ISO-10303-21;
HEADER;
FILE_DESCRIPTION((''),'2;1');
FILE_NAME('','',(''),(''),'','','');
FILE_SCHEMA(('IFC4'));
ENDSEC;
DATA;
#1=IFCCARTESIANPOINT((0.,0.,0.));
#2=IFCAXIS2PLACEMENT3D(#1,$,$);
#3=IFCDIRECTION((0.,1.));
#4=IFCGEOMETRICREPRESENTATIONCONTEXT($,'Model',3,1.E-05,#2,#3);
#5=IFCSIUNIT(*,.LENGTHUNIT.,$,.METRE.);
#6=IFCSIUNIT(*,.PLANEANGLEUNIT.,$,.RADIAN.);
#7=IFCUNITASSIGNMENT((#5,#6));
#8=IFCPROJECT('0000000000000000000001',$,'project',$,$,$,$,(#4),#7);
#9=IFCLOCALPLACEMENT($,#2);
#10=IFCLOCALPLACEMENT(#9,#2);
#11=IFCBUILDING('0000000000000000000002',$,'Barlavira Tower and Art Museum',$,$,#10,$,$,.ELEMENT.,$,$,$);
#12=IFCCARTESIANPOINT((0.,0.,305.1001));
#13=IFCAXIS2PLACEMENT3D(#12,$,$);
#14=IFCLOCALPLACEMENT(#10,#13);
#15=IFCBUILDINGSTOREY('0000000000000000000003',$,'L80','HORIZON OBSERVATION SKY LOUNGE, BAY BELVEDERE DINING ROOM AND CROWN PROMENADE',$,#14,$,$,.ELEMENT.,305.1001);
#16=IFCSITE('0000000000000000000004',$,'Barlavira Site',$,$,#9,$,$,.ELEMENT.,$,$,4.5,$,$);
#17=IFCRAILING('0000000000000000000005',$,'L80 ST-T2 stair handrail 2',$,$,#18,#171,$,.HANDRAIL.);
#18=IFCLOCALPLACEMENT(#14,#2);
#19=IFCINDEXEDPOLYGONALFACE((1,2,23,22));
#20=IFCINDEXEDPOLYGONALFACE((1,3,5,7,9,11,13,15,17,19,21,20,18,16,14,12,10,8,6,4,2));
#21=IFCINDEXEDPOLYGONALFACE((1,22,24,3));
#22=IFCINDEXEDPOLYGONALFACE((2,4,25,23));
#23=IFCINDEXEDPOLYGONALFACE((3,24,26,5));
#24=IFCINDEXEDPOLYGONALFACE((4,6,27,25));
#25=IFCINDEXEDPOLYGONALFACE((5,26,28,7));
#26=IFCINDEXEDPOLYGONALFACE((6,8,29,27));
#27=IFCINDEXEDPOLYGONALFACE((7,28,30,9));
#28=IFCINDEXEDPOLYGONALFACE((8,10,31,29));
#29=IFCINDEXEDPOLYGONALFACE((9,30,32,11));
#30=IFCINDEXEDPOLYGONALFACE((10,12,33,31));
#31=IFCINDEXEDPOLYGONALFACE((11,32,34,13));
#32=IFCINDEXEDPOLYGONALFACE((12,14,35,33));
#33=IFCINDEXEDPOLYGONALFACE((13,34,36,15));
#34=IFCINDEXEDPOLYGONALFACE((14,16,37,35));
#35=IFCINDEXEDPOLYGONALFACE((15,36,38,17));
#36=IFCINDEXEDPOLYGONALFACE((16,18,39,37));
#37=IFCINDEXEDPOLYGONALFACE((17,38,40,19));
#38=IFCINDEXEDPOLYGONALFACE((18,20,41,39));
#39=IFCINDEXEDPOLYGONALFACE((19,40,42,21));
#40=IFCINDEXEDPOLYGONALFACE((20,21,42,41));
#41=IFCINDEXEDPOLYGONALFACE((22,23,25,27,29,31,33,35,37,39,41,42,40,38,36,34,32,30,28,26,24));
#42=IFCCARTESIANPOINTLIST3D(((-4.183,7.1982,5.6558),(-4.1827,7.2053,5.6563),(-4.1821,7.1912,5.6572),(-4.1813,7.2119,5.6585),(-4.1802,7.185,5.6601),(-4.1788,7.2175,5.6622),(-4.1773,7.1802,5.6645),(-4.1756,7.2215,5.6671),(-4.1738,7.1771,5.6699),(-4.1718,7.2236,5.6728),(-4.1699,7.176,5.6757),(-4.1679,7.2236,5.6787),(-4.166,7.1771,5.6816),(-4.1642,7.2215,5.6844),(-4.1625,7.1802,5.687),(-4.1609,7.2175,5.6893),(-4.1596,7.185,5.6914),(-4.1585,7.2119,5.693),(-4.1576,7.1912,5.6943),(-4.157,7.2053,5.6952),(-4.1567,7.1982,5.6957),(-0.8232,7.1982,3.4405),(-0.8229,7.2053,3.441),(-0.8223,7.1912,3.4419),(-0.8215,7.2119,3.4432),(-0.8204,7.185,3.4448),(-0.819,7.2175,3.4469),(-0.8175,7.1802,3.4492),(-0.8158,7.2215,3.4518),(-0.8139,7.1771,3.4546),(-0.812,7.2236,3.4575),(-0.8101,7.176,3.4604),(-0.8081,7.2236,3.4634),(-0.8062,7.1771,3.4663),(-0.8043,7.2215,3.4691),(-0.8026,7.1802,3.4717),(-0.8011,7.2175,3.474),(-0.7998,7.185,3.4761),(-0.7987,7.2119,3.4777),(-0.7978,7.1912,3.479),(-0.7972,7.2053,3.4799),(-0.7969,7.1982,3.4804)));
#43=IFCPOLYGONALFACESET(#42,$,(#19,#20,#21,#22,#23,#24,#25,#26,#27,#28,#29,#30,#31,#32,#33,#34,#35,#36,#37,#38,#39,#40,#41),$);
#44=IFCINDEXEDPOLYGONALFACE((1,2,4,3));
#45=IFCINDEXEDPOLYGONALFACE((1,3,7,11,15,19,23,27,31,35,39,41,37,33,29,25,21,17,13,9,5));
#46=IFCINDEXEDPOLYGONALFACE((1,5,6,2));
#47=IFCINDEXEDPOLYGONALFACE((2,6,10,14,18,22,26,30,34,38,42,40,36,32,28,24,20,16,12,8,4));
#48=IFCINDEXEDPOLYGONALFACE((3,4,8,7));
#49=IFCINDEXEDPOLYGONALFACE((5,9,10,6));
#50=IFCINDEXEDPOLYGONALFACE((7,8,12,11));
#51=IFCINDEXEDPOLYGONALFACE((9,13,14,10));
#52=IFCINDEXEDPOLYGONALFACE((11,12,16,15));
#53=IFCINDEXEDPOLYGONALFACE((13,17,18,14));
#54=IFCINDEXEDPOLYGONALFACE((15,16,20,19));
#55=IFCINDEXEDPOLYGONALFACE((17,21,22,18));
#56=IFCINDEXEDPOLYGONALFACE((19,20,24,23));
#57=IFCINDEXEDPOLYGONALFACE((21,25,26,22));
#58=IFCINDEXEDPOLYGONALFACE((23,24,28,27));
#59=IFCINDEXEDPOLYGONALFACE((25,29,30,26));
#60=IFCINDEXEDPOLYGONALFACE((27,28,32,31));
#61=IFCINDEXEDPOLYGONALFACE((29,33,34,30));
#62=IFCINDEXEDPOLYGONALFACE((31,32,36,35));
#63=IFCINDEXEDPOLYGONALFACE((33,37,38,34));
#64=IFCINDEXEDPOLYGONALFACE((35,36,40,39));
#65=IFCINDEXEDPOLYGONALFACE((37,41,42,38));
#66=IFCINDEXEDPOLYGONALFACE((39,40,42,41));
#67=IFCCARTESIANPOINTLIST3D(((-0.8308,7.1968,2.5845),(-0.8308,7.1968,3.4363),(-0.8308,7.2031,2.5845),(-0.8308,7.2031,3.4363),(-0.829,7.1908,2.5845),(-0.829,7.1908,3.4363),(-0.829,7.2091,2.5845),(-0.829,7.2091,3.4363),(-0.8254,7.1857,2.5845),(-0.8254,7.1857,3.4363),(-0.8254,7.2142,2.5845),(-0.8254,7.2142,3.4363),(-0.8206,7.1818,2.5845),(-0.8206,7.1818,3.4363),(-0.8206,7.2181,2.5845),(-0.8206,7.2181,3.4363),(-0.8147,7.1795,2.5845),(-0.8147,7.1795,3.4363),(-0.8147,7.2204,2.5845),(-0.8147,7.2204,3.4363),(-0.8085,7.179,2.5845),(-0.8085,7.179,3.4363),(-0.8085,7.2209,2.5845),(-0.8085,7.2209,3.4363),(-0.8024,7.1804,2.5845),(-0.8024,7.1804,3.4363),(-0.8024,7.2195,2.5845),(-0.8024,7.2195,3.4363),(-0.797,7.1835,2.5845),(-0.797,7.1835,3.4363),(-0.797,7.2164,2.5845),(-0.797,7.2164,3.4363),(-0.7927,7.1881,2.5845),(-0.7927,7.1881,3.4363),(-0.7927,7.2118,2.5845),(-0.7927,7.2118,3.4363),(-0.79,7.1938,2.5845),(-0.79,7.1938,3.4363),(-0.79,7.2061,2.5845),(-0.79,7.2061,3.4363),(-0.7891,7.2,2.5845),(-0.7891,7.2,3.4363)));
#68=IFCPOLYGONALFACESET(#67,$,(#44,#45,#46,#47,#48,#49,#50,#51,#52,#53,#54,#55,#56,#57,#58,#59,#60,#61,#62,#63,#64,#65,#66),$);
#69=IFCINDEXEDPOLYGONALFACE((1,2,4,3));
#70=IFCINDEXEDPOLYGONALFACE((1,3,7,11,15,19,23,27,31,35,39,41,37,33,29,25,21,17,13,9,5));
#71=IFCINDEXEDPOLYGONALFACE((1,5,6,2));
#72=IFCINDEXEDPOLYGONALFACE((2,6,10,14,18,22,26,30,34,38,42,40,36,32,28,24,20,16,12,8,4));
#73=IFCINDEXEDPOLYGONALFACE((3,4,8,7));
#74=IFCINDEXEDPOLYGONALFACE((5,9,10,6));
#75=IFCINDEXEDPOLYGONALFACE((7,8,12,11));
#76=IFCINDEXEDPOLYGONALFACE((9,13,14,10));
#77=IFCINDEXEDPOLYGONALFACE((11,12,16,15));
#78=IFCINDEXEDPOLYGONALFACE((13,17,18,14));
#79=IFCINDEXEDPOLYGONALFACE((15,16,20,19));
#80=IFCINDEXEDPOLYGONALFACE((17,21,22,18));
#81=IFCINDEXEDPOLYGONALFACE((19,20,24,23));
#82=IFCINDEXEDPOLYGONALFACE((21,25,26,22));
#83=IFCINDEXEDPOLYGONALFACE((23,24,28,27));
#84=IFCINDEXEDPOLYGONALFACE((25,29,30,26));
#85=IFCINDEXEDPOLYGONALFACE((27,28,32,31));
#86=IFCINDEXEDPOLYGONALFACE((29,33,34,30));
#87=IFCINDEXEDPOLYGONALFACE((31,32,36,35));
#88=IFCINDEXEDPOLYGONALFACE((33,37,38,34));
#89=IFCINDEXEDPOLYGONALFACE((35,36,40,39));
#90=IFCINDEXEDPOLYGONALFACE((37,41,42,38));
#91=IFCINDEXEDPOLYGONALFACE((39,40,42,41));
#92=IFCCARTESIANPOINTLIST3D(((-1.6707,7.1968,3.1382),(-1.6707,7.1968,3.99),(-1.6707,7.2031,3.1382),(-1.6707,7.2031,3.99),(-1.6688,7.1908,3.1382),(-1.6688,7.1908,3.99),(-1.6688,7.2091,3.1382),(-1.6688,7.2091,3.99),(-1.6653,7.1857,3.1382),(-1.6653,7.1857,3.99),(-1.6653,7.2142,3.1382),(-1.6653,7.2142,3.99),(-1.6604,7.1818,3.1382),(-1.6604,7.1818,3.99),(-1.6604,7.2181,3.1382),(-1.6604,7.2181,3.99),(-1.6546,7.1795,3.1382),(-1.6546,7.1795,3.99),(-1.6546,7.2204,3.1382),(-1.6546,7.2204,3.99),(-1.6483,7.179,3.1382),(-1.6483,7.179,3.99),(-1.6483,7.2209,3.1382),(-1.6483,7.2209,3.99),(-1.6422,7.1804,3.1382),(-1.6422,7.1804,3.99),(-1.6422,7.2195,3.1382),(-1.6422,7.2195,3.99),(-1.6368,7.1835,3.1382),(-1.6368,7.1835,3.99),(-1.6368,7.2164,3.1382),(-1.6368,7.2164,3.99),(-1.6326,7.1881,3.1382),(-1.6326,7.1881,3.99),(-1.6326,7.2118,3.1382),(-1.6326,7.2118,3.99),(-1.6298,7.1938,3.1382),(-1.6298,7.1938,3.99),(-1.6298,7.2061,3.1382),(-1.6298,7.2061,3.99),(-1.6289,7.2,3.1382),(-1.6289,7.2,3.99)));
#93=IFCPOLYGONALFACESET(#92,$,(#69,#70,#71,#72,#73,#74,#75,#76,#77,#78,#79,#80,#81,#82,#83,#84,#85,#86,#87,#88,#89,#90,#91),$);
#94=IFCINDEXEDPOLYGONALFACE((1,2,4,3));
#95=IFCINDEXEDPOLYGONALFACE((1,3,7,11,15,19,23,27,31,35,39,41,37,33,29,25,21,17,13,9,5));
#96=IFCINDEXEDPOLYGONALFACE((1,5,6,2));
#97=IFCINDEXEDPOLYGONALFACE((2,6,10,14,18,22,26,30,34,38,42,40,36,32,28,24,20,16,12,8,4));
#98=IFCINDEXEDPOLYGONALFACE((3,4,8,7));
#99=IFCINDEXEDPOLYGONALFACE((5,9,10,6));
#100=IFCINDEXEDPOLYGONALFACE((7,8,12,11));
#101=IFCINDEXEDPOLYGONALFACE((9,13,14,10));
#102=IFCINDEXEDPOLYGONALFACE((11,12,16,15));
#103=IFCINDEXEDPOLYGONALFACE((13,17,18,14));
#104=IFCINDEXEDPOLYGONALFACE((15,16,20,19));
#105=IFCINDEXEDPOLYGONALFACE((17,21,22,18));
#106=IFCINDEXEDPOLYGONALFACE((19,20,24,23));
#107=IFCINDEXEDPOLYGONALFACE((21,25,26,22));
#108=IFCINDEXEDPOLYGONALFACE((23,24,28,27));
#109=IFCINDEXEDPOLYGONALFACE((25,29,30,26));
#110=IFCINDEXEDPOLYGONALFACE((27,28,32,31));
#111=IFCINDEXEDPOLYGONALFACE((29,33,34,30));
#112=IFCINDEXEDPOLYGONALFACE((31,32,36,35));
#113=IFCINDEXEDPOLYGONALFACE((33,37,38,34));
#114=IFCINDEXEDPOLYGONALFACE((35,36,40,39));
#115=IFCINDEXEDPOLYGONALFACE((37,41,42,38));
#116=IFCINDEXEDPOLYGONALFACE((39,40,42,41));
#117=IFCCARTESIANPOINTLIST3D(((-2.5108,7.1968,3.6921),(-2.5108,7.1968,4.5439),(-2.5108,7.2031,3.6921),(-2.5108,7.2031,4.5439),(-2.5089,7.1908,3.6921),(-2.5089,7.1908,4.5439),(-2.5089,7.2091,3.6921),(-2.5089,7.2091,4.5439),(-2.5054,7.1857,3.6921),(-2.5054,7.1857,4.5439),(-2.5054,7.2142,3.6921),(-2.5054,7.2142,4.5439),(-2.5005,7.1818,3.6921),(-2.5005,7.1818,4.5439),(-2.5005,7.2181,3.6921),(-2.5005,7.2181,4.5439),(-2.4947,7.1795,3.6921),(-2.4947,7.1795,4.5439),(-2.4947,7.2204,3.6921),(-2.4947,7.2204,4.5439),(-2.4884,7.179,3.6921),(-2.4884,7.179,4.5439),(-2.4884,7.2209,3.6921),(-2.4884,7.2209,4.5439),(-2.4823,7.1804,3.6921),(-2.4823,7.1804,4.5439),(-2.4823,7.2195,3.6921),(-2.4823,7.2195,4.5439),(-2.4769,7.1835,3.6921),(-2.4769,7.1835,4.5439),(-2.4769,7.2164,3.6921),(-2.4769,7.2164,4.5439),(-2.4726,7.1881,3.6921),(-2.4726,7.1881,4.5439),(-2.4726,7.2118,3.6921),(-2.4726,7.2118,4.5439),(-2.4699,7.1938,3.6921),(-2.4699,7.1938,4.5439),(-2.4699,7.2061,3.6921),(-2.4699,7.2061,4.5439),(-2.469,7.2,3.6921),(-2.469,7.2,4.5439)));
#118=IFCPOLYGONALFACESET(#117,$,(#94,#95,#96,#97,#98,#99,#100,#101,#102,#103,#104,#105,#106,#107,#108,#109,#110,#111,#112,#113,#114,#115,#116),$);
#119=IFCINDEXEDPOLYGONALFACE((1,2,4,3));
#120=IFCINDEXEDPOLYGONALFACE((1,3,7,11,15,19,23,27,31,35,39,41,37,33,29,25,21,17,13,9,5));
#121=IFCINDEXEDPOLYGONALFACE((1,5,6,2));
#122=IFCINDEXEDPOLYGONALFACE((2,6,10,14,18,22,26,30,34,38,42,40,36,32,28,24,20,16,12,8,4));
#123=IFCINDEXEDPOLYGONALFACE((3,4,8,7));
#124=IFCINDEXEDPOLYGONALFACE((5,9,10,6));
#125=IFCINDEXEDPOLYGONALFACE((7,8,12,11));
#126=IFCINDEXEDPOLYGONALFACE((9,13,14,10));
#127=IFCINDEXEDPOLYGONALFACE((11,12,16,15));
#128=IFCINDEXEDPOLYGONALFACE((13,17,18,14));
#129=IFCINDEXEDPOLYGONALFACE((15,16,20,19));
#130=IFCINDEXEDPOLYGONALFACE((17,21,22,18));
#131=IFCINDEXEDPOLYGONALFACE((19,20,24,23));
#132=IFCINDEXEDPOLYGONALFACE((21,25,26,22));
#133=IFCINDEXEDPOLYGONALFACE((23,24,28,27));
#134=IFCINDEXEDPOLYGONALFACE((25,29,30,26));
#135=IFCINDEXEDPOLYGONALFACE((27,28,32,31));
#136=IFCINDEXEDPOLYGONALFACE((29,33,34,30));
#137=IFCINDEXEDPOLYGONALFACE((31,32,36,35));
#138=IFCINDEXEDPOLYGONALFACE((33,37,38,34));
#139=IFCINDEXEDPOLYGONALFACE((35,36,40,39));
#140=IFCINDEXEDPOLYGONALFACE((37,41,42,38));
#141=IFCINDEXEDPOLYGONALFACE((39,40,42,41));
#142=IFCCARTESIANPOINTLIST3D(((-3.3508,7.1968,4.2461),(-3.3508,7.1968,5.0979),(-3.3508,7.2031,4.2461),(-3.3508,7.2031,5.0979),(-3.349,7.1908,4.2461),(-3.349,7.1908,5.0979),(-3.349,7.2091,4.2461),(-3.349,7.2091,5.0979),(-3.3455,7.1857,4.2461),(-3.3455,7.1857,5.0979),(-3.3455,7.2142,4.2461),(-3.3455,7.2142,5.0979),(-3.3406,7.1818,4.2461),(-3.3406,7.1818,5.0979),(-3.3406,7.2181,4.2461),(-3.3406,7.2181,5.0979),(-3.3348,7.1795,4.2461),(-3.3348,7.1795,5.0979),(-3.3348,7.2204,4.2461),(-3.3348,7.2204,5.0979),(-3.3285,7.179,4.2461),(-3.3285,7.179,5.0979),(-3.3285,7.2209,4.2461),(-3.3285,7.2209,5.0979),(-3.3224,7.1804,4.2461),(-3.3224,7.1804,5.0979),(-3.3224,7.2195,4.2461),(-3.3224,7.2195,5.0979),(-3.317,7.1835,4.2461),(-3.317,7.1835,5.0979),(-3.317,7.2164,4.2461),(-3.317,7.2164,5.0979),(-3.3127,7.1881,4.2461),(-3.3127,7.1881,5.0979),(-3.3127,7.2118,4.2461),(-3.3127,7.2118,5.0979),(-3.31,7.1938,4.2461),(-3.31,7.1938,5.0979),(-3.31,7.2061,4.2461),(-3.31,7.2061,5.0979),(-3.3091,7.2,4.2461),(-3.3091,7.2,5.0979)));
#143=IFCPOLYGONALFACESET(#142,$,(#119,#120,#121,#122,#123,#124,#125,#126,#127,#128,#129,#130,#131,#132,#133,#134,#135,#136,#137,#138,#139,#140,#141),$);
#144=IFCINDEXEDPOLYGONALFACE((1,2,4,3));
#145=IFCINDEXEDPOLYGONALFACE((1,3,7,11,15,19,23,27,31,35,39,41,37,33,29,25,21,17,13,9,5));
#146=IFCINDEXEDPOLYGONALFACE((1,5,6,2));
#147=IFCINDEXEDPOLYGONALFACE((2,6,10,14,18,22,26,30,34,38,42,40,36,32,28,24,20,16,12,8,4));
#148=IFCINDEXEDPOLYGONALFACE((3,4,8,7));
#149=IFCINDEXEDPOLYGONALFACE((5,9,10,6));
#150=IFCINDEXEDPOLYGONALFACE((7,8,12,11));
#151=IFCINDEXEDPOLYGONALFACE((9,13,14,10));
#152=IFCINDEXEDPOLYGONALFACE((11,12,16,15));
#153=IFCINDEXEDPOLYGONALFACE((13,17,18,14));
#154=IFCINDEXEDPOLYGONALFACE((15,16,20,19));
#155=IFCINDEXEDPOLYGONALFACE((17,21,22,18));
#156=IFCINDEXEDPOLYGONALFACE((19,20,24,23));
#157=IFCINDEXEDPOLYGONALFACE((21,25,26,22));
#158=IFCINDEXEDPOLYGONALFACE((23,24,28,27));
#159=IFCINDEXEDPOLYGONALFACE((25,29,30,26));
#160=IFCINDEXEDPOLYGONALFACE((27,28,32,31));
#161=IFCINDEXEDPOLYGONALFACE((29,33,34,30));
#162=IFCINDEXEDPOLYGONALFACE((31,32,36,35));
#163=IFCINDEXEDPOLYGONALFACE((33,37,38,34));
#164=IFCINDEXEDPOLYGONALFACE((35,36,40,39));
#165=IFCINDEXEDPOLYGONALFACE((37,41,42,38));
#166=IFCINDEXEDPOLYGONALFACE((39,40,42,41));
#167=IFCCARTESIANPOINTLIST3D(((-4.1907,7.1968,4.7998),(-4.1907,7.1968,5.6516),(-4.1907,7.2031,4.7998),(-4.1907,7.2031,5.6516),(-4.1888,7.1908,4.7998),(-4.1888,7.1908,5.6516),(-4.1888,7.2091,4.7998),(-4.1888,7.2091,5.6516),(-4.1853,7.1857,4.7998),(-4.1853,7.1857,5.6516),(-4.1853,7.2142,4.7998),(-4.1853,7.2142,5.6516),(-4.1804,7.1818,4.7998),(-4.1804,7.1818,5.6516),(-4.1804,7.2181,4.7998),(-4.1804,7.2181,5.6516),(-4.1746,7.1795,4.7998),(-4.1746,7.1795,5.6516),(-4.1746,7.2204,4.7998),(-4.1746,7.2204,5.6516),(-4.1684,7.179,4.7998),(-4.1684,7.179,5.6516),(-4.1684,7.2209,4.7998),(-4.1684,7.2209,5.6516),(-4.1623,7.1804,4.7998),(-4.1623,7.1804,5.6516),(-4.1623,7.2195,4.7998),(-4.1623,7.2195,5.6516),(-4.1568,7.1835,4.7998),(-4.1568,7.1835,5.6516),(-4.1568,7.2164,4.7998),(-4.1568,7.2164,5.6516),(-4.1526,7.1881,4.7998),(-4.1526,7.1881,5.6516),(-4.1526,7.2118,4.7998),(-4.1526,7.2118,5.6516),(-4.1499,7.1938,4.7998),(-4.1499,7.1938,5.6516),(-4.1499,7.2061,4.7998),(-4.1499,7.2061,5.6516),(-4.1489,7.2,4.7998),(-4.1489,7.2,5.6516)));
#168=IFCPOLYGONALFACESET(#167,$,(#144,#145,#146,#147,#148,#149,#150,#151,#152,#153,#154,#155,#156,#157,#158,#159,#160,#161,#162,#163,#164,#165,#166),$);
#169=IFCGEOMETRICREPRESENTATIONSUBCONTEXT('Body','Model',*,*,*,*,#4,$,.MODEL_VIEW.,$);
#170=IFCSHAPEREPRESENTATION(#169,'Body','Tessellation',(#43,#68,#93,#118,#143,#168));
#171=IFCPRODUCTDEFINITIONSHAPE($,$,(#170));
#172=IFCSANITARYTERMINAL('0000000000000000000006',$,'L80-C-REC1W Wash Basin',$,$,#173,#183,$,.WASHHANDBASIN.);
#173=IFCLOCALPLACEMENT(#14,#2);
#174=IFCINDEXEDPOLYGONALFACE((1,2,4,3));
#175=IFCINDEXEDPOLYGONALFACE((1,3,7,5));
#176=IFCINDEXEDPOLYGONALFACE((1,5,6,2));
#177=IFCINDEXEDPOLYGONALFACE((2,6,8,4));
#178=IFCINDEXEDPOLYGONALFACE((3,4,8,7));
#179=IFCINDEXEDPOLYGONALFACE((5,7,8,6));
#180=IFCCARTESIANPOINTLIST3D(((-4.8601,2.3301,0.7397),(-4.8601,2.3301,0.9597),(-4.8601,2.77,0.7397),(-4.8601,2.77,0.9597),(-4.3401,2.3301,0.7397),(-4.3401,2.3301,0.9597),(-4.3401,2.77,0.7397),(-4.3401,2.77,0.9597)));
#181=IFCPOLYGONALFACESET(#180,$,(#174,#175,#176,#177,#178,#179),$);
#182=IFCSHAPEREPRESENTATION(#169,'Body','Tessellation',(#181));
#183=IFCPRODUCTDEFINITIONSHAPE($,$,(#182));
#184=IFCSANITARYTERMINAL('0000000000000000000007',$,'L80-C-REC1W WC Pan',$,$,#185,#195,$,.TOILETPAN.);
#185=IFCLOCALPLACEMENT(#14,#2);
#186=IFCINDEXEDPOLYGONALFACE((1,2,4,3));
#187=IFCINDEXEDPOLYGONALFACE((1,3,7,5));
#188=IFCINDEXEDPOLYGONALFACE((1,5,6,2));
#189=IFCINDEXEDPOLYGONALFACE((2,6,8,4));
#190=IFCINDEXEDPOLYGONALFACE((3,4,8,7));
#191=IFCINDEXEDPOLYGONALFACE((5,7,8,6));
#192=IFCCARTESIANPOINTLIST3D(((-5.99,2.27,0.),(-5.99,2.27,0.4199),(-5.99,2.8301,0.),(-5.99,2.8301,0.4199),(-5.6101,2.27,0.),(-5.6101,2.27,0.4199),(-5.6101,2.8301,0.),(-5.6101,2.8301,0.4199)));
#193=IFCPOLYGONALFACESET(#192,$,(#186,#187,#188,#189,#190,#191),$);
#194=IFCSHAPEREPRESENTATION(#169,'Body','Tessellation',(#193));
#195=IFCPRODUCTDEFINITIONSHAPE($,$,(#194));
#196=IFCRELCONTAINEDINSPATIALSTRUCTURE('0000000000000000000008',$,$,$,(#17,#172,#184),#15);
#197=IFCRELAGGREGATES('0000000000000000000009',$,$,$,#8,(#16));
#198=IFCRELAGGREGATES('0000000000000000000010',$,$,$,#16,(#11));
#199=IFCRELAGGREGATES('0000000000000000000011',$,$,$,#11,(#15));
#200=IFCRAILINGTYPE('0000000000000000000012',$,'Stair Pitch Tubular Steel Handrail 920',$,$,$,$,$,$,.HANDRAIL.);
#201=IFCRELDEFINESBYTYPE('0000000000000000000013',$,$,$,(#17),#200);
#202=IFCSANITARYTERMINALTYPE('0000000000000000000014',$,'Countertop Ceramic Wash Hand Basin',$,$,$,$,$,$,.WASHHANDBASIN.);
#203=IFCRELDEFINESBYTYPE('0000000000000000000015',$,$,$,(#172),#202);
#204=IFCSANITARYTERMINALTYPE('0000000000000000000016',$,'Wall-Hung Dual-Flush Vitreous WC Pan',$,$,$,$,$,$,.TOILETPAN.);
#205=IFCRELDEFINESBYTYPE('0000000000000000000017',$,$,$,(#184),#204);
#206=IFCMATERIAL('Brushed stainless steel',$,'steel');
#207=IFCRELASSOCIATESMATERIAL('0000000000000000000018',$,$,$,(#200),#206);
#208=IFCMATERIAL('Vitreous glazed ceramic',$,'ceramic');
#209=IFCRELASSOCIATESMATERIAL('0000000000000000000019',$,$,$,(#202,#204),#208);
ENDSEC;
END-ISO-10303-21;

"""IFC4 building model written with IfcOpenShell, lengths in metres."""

from ifc_helpers import new_model, si_unit, direction, frame, origin, origin_2d, place, context, subcontext, project, spatial, rectangle, circle, extrude, material, type_object, element, save


model = new_model("IFC4")

# Units and contexts
model_context = context("Model", 3, precision=1e-05, world=origin(), true_north=direction((0.0, 1.0)))
body_context = subcontext(model_context, "Body", "Model", "MODEL_VIEW")
ifc_project = project(units=[si_unit("LENGTHUNIT", "METRE"), si_unit("PLANEANGLEUNIT", "RADIAN")], contexts=[model_context])

# Site, building, storey
site_placement = place(None, origin())
site = spatial("IfcSite", under=ifc_project, at=site_placement, Name="Barlavira Site", CompositionType="ELEMENT", RefElevation=4.5)
building_placement = place(site_placement, origin())
building = spatial("IfcBuilding", under=site, at=building_placement, Name="Barlavira Tower and Art Museum", CompositionType="ELEMENT")
storey_placement = place(building_placement, frame((0.0, 0.0, 305.1001)))
storey = spatial("IfcBuildingStorey", under=building, at=storey_placement, Name="L80", Description="HORIZON OBSERVATION SKY LOUNGE, BAY BELVEDERE DINING ROOM AND CROWN PROMENADE", CompositionType="ELEMENT", Elevation=305.1001)

# Shared definitions
ifc_material_1 = material(Name="Brushed stainless steel", Category="steel")

# Railing
railing_type_1 = type_object("IfcRailingType", Name="Stair Pitch Tubular Steel Handrail 920", PredefinedType="HANDRAIL", material=ifc_material_1)
railing_1_placement = place(storey_placement, frame((-0.8101, 7.2, 2.5845)))
element("IfcRailing", 1, at=railing_1_placement, inside=storey, type_object=railing_type_1, Name="L80 ST-T2 stair handrail 2", PredefinedType="HANDRAIL", context=body_context, shape_type="SweptSolid", body=[
    extrude(circle(Radius=0.0239, at=origin_2d()), frame((0.0, 0.0, 0.876), z_axis=(-0.834858, 0.0, 0.550465), x_axis=(0.0, -1.0, 0.0)), (0.0, 0.0, 1.0), 4.0244),
    extrude(circle(Radius=0.021, at=origin_2d()), origin(), (0.0, 0.0, 1.0), 0.8518),
    extrude(circle(Radius=0.021, at=origin_2d()), frame((-0.8398, 0.0, 0.5537)), (0.0, 0.0, 1.0), 0.8518),
    extrude(circle(Radius=0.021, at=origin_2d()), frame((-1.6799, 0.0, 1.1077)), (0.0, 0.0, 1.0), 0.8518),
    extrude(circle(Radius=0.021, at=origin_2d()), frame((-2.52, 0.0, 1.6616)), (0.0, 0.0, 1.0), 0.8518),
    extrude(circle(Radius=0.021, at=origin_2d()), frame((-3.3599, 0.0, 2.2153)), (0.0, 0.0, 1.0), 0.8518),
])

# Sanitary terminals
ifc_material_2 = material(Name="Vitreous glazed ceramic", Category="ceramic")
sanitary_terminal_type_1 = type_object("IfcSanitaryTerminalType", Name="Countertop Ceramic Wash Hand Basin", PredefinedType="WASHHANDBASIN", material=ifc_material_2)
sanitary_terminal_1_placement = place(storey_placement, frame((-4.6001, 2.55, 0.7397), z_axis=(0.0, 0.0, 1.0), x_axis=(1.0, 0.0, 0.0)))
element("IfcSanitaryTerminal", 2, at=sanitary_terminal_1_placement, inside=storey, type_object=sanitary_terminal_type_1, Name="L80-C-REC1W Wash Basin", PredefinedType="WASHHANDBASIN", context=body_context, shape_type="SweptSolid", body=[
    extrude(rectangle(XDim=0.52, YDim=0.4399, at=origin_2d()), origin(), (0.0, 0.0, 1.0), 0.22),
])
sanitary_terminal_type_2 = type_object("IfcSanitaryTerminalType", Name="Wall-Hung Dual-Flush Vitreous WC Pan", PredefinedType="TOILETPAN", material=ifc_material_2)
sanitary_terminal_2_placement = place(storey_placement, frame((-5.8, 2.55, 0.0), z_axis=(0.0, 0.0, 1.0), x_axis=(1.0, 0.0, 0.0)))
element("IfcSanitaryTerminal", 3, at=sanitary_terminal_2_placement, inside=storey, type_object=sanitary_terminal_type_2, Name="L80-C-REC1W WC Pan", PredefinedType="TOILETPAN", context=body_context, shape_type="SweptSolid", body=[
    extrude(rectangle(XDim=0.3799, YDim=0.5601, at=origin_2d()), origin(), (0.0, 0.0, 1.0), 0.4199),
])

save(model, "model.ifc")
